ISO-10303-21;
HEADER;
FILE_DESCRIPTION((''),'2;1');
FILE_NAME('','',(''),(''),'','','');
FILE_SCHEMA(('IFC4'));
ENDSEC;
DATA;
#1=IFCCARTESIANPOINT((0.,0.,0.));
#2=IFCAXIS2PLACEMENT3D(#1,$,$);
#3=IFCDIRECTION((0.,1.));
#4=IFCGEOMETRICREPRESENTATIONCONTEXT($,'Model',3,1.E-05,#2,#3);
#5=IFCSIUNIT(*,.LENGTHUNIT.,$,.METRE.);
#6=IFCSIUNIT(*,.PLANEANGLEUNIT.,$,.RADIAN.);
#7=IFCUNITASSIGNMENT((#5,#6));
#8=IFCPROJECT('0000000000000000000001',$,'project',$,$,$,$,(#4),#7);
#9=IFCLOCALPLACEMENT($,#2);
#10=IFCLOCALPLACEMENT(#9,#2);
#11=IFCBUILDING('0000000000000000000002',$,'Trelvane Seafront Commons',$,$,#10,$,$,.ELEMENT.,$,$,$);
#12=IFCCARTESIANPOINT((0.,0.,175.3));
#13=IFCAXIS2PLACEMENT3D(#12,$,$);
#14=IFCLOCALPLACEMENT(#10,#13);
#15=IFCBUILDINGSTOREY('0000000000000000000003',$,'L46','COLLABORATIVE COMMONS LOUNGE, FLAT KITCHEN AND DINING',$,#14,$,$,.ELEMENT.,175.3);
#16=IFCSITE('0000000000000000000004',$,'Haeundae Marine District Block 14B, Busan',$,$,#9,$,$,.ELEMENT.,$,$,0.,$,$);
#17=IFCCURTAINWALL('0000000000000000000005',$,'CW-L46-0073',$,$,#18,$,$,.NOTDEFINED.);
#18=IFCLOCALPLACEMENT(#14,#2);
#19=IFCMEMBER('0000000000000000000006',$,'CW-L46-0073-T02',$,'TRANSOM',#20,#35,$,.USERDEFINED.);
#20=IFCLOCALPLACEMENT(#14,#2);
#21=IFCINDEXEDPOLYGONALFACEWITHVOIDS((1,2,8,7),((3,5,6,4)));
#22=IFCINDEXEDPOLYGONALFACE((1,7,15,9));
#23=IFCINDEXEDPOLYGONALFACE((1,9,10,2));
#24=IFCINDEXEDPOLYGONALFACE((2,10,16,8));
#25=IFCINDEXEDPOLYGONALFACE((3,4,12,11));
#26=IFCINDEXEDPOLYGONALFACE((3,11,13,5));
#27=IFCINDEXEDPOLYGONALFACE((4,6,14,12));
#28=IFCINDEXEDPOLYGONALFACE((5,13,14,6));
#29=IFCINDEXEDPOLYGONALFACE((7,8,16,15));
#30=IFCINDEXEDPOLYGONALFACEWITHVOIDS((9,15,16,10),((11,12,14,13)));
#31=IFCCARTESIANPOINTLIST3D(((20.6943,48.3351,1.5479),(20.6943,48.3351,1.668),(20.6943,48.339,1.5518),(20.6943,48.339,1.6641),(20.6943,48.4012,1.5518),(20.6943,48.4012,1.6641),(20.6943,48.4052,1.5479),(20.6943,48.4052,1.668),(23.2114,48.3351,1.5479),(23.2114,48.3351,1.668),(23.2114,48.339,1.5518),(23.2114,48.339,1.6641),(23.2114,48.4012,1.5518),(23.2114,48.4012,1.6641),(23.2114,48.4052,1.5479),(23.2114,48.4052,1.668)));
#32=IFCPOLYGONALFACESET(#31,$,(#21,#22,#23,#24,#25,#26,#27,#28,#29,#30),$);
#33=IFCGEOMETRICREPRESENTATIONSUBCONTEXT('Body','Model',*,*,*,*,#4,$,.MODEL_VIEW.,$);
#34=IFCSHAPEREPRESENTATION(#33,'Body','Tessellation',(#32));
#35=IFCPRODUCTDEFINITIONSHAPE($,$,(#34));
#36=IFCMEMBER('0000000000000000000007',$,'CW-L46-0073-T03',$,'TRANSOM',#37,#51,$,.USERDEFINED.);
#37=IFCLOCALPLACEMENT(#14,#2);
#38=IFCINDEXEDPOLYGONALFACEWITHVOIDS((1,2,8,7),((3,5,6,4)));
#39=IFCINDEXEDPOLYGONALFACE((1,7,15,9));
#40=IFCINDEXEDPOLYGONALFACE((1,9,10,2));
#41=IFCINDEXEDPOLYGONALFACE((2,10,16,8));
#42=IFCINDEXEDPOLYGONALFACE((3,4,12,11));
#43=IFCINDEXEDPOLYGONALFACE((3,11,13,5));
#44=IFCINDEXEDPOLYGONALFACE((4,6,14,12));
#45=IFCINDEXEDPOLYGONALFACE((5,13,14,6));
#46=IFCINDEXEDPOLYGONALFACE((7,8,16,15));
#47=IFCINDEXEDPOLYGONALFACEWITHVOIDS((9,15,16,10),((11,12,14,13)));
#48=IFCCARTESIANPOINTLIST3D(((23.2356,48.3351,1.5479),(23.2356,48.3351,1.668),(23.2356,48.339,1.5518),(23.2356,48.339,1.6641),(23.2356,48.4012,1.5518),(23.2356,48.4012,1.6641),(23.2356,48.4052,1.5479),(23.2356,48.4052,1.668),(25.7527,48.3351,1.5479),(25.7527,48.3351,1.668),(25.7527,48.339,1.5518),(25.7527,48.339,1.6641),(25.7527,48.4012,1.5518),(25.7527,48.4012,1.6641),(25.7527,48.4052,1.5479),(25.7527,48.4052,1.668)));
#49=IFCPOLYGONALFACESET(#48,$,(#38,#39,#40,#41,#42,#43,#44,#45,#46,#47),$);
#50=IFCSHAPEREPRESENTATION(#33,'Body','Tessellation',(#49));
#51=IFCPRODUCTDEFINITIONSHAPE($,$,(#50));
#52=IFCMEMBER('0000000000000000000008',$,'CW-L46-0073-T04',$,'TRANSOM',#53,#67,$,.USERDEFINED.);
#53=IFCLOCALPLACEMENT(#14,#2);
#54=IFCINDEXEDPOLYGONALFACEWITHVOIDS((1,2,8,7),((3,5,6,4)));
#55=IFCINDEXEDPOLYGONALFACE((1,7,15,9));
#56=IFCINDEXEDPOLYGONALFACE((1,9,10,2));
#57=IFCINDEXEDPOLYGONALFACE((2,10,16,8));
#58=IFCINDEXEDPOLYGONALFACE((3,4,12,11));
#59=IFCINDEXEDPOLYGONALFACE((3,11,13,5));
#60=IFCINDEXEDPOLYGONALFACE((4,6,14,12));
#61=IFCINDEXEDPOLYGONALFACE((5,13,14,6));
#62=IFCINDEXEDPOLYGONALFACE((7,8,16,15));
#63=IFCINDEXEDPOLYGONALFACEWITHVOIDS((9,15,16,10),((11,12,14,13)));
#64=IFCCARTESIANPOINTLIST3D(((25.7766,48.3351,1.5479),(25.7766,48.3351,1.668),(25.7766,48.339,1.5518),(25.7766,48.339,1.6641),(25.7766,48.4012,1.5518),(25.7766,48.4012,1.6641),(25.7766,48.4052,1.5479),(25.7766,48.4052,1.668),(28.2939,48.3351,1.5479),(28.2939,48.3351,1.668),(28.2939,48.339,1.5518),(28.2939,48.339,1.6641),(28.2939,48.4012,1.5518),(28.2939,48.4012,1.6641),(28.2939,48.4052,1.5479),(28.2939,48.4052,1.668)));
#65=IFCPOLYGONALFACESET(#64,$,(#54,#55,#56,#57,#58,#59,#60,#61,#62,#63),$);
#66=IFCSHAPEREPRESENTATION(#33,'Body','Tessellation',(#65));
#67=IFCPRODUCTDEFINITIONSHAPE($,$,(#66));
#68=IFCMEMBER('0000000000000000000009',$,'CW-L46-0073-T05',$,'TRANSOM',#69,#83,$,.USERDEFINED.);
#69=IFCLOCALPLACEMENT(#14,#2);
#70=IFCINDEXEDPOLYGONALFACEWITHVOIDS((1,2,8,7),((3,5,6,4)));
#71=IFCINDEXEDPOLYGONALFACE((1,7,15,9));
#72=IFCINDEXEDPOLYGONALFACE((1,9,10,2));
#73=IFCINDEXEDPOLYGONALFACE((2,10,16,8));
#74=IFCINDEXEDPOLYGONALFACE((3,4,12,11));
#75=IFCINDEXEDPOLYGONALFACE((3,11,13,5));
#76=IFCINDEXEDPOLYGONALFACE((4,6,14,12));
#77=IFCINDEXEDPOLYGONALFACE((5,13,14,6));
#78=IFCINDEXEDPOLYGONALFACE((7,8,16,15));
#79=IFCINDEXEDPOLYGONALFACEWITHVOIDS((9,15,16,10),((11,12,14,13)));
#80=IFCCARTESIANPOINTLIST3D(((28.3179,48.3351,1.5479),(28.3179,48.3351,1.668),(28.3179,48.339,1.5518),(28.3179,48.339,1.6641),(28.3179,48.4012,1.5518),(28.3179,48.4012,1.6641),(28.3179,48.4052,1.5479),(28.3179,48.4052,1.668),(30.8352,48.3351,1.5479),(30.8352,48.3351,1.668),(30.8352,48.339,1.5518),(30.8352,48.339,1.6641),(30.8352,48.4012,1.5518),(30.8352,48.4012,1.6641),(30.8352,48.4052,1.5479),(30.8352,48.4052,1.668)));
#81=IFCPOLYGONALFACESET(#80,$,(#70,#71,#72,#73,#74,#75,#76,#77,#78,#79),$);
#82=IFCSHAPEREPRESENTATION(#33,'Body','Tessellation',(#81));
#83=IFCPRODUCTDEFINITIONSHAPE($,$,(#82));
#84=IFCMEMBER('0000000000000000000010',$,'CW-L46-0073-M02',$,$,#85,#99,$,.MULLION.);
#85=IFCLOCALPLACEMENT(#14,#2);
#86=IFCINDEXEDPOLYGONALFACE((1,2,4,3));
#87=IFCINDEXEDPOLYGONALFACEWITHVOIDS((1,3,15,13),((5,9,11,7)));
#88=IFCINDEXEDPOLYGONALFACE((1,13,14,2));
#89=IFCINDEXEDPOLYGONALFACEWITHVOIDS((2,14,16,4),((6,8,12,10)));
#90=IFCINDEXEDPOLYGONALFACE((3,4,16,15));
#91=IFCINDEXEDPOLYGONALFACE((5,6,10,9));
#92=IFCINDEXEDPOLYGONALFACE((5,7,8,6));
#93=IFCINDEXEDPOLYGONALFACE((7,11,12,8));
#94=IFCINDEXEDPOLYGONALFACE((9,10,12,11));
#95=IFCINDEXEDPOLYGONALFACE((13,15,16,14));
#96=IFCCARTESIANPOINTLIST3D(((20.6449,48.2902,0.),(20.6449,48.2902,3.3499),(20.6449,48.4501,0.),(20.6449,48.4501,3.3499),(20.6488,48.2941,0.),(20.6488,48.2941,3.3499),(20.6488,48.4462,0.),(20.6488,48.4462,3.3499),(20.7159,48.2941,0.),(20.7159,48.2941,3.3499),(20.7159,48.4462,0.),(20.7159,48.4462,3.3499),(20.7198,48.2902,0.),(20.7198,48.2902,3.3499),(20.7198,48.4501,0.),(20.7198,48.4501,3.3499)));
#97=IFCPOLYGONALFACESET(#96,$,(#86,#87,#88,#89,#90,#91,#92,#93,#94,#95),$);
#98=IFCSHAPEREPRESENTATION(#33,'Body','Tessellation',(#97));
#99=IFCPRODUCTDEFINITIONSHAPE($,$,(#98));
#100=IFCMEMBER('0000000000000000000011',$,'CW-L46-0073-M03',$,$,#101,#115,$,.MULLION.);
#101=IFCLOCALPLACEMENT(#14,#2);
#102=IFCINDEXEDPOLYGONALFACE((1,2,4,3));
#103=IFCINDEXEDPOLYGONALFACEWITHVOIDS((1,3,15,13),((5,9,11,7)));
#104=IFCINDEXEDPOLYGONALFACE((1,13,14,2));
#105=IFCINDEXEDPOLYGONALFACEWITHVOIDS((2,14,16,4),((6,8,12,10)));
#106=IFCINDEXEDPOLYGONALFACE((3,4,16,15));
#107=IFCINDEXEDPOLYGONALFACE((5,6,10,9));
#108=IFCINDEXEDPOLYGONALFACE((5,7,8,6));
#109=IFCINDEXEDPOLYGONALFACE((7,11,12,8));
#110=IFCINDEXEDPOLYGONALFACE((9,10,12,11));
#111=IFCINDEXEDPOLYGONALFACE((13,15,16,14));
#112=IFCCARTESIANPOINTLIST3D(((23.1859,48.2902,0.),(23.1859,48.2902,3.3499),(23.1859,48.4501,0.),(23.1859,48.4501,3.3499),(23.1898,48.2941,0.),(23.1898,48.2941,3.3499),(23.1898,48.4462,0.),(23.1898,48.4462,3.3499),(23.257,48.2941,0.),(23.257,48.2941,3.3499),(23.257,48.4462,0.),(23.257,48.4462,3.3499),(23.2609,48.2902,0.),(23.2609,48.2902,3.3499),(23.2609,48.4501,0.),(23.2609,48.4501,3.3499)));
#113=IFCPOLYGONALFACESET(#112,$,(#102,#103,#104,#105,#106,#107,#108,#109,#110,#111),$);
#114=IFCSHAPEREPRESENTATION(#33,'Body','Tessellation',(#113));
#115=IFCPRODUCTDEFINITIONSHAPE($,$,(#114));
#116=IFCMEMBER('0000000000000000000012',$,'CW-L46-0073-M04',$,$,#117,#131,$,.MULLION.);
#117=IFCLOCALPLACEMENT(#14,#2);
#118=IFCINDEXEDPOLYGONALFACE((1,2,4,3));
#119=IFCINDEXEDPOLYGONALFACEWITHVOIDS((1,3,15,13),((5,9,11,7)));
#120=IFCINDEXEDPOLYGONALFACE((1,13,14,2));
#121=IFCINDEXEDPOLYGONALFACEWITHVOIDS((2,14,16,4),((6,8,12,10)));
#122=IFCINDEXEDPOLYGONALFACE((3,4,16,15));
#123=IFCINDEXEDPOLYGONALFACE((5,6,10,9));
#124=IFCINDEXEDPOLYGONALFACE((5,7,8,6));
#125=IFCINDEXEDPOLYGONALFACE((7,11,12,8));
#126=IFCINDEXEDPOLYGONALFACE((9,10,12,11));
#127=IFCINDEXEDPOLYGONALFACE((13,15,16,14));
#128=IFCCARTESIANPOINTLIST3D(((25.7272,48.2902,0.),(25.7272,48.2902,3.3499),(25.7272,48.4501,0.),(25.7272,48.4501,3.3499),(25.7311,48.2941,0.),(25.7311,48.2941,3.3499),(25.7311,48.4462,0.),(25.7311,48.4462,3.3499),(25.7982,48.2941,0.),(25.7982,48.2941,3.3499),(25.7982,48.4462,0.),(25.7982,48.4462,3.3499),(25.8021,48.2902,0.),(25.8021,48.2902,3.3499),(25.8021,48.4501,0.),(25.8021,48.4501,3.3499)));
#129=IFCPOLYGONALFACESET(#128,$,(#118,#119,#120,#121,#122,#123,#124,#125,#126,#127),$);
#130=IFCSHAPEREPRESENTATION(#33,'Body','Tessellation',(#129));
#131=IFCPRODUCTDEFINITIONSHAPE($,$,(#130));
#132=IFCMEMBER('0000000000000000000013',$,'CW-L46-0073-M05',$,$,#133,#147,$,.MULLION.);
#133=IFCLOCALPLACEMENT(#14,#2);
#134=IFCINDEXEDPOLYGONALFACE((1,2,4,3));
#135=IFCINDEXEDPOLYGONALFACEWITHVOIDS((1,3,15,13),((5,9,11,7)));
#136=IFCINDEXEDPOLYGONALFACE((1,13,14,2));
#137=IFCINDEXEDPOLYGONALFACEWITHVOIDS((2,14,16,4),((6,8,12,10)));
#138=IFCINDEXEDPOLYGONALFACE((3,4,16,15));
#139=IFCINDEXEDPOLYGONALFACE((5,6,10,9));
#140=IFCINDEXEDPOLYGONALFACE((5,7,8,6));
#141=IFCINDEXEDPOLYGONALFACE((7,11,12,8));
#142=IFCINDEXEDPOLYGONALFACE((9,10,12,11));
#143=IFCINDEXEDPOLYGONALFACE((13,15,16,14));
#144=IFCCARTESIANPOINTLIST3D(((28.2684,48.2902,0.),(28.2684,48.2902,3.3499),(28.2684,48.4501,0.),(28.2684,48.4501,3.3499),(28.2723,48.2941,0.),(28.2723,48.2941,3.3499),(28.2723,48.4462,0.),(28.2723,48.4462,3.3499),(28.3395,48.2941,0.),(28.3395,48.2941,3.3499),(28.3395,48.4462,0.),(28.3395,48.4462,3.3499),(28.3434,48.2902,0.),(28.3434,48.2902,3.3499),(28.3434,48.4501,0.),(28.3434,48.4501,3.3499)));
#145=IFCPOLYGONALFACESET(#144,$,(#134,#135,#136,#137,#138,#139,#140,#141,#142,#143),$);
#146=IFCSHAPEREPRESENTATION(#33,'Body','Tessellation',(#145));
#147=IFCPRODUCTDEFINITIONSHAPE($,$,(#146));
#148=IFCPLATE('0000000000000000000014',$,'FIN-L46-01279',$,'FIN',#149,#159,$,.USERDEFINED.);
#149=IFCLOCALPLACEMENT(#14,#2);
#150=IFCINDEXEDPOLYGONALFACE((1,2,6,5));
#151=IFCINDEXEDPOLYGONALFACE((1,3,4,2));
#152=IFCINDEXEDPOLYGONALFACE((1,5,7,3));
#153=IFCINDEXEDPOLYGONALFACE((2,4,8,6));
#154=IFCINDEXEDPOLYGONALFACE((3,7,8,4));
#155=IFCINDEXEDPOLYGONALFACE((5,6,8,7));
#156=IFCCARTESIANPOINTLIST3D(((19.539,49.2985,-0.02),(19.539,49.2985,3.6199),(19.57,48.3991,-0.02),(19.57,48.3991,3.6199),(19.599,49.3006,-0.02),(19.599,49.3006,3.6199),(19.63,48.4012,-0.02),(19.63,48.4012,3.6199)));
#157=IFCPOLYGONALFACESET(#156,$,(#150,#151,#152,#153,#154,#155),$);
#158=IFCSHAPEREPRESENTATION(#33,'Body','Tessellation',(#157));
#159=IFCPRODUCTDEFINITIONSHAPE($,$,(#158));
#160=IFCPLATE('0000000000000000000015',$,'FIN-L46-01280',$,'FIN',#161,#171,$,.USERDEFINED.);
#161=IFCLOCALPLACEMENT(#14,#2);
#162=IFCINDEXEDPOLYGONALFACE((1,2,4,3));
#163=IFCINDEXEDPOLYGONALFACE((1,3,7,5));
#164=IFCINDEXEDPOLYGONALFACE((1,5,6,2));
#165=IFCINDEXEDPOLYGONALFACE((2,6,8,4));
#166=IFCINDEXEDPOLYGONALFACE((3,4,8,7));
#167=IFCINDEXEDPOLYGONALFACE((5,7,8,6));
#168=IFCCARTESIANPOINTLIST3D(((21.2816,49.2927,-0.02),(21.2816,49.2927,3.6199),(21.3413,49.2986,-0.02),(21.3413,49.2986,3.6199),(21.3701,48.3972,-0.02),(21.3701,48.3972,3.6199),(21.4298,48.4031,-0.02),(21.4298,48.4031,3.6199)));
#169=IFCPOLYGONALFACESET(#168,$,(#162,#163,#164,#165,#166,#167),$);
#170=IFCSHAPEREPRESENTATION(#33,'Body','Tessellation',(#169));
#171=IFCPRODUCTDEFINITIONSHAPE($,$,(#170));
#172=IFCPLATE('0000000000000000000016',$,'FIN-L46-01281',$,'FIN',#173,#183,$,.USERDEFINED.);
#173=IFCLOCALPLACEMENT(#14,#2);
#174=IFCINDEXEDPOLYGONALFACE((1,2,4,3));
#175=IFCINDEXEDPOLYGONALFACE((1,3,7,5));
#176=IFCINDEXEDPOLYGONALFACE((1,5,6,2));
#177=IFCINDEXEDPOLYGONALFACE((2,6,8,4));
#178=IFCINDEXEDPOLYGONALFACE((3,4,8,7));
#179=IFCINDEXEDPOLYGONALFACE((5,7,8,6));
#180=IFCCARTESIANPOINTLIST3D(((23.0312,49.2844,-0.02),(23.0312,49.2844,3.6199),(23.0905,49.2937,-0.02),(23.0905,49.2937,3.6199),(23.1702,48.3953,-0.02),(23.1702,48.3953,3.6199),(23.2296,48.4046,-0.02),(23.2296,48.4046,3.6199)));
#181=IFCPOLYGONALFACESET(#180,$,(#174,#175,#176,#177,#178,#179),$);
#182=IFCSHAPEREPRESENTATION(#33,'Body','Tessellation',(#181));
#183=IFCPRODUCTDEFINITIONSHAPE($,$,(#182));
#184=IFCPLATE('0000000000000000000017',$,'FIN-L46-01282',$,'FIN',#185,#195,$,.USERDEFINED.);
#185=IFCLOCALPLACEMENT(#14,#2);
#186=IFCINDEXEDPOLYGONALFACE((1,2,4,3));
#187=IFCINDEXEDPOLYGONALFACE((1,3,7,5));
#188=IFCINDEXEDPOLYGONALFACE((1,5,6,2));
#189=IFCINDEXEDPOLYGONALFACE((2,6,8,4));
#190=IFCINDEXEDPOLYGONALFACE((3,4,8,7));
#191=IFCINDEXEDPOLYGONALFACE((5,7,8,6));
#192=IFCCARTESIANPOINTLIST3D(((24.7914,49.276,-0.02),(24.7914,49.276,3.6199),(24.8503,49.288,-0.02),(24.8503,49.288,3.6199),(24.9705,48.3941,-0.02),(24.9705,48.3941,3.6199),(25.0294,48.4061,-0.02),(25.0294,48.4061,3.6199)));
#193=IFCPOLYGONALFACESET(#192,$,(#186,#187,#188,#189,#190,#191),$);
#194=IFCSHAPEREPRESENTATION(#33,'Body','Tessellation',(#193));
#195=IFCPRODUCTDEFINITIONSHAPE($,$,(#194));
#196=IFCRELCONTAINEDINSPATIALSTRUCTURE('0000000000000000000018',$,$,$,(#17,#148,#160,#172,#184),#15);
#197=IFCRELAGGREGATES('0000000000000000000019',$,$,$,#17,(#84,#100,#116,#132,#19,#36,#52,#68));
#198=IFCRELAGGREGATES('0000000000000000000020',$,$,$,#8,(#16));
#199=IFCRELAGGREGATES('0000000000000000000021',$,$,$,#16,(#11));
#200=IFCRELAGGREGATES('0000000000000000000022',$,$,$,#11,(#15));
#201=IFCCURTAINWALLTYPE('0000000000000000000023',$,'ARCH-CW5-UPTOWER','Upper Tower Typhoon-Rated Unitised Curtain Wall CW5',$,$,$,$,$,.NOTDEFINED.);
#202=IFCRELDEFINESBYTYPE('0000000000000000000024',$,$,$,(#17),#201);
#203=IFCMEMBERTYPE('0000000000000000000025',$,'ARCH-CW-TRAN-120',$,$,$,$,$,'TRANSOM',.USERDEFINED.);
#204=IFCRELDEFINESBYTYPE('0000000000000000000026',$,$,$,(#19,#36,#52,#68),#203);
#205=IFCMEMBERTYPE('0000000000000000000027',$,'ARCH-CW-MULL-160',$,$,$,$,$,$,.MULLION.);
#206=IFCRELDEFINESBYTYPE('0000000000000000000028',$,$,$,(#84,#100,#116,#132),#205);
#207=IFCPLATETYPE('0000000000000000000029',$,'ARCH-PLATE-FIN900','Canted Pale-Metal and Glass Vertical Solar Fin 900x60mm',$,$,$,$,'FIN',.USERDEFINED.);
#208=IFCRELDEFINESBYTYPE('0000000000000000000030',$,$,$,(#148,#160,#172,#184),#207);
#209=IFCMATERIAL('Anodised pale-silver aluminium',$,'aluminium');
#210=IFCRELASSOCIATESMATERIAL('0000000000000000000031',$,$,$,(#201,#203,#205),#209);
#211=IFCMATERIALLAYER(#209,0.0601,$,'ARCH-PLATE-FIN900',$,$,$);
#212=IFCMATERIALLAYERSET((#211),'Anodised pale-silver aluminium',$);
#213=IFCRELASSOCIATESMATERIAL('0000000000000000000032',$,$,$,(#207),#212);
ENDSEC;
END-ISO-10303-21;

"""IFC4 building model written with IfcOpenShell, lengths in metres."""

from ifc_helpers import new_model, si_unit, direction, frame, origin, origin_2d, place, context, subcontext, project, spatial, rectangle, hollow_rectangle, extrude, source, transform, mapped, material, layer, layer_set, material_profile, profile_set, type_object, element, aggregate, save


model = new_model("IFC4")

# Units and contexts
model_context = context("Model", 3, precision=1e-05, world=origin(), true_north=direction((0.0, 1.0)))
body_context = subcontext(model_context, "Body", "Model", "MODEL_VIEW")
ifc_project = project(units=[si_unit("LENGTHUNIT", "METRE"), si_unit("PLANEANGLEUNIT", "RADIAN")], contexts=[model_context])

# Site, building, storey
site_placement = place(None, origin())
site = spatial("IfcSite", under=ifc_project, at=site_placement, Name="Haeundae Marine District Block 14B, Busan", CompositionType="ELEMENT", RefElevation=0.0)
building_placement = place(site_placement, origin())
building = spatial("IfcBuilding", under=site, at=building_placement, Name="Trelvane Seafront Commons", CompositionType="ELEMENT")
storey_placement = place(building_placement, frame((0.0, 0.0, 175.3)))
storey = spatial("IfcBuildingStorey", under=building, at=storey_placement, Name="L46", Description="COLLABORATIVE COMMONS LOUNGE, FLAT KITCHEN AND DINING", CompositionType="ELEMENT", Elevation=175.3)

# Curtain wall, members
ifc_material_1 = material(Name="Anodised pale-silver aluminium", Category="aluminium")
curtain_wall_type = type_object("IfcCurtainWallType", Name="ARCH-CW5-UPTOWER", Description="Upper Tower Typhoon-Rated Unitised Curtain Wall CW5", PredefinedType="NOTDEFINED", material=ifc_material_1)
curtain_wall_placement = place(storey_placement, origin())
curtain_wall = element("IfcCurtainWall", 1, at=curtain_wall_placement, inside=storey, type_object=curtain_wall_type, Name="CW-L46-0073", PredefinedType="NOTDEFINED")
ifc_material_profile_1 = material_profile(ifc_material_1, hollow_rectangle(XDim=0.0701, YDim=0.1201, WallThickness=0.0039, at=origin_2d()), Name="TRAN-70x120x4")
ifc_profile_set_1 = profile_set([ifc_material_profile_1], Name="Anodised pale-silver aluminium")
member_type_1 = type_object("IfcMemberType", Name="ARCH-CW-TRAN-120", ElementType="TRANSOM", PredefinedType="USERDEFINED", material=ifc_profile_set_1)
shared_shape_1 = source(origin(), body_context, "Body", "SweptSolid", [
    extrude(hollow_rectangle(XDim=0.0701, YDim=0.1201, WallThickness=0.0039, at=origin_2d()), origin(), (0.0, 0.0, 1.0), 2.5171),
])
member_1_placement = place(storey_placement, frame((20.6943, 48.3701, 1.6079), z_axis=(1.0, 0.0, 0.0), x_axis=(0.0, 1.0, 0.0)))
member_1 = element("IfcMember", 2, at=member_1_placement, type_object=member_type_1, Name="CW-L46-0073-T02", ObjectType="TRANSOM", PredefinedType="USERDEFINED", context=body_context, shape_type="MappedRepresentation", body=[
    mapped(shared_shape_1, transform((0.0, 0.0, 0.0), x_axis=(1.0, 0.0, 0.0), y_axis=(0.0, 1.0, 0.0), z_axis=(0.0, 0.0, 1.0), scale=1.0)),
])
member_2_placement = place(storey_placement, frame((23.2356, 48.3701, 1.6079), z_axis=(1.0, 0.0, 0.0), x_axis=(0.0, 1.0, 0.0)))
member_2 = element("IfcMember", 3, at=member_2_placement, type_object=member_type_1, Name="CW-L46-0073-T03", ObjectType="TRANSOM", PredefinedType="USERDEFINED", context=body_context, shape_type="MappedRepresentation", body=[
    mapped(shared_shape_1, transform((0.0, 0.0, 0.0), x_axis=(1.0, 0.0, 0.0), y_axis=(0.0, 1.0, 0.0), z_axis=(0.0, 0.0, 1.0), scale=1.0)),
])
shared_shape_2 = source(origin(), body_context, "Body", "SweptSolid", [
    extrude(hollow_rectangle(XDim=0.0701, YDim=0.1201, WallThickness=0.0039, at=origin_2d()), origin(), (0.0, 0.0, 1.0), 2.5173),
])
member_3_placement = place(storey_placement, frame((25.7766, 48.3701, 1.6079), z_axis=(1.0, 0.0, 0.0), x_axis=(0.0, 1.0, 0.0)))
member_3 = element("IfcMember", 4, at=member_3_placement, type_object=member_type_1, Name="CW-L46-0073-T04", ObjectType="TRANSOM", PredefinedType="USERDEFINED", context=body_context, shape_type="MappedRepresentation", body=[
    mapped(shared_shape_2, transform((0.0, 0.0, 0.0), x_axis=(1.0, 0.0, 0.0), y_axis=(0.0, 1.0, 0.0), z_axis=(0.0, 0.0, 1.0), scale=1.0)),
])
member_4_placement = place(storey_placement, frame((28.3179, 48.3701, 1.6079), z_axis=(1.0, 0.0, 0.0), x_axis=(0.0, 1.0, 0.0)))
member_4 = element("IfcMember", 5, at=member_4_placement, type_object=member_type_1, Name="CW-L46-0073-T05", ObjectType="TRANSOM", PredefinedType="USERDEFINED", context=body_context, shape_type="MappedRepresentation", body=[
    mapped(shared_shape_2, transform((0.0, 0.0, 0.0), x_axis=(1.0, 0.0, 0.0), y_axis=(0.0, 1.0, 0.0), z_axis=(0.0, 0.0, 1.0), scale=1.0)),
])
ifc_material_profile_2 = material_profile(ifc_material_1, hollow_rectangle(XDim=0.075, YDim=0.1599, WallThickness=0.0039, at=origin_2d()), Name="MULL-75x160x4")
ifc_profile_set_2 = profile_set([ifc_material_profile_2], Name="Anodised pale-silver aluminium")
member_type_2 = type_object("IfcMemberType", Name="ARCH-CW-MULL-160", PredefinedType="MULLION", material=ifc_profile_set_2)
shared_shape_3 = source(origin(), body_context, "Body", "SweptSolid", [
    extrude(hollow_rectangle(XDim=0.075, YDim=0.1599, WallThickness=0.0039, at=origin_2d()), origin(), (0.0, 0.0, 1.0), 3.3499),
])
member_5_placement = place(storey_placement, frame((20.6824, 48.3701, 0.0), z_axis=(0.0, 0.0, 1.0), x_axis=(1.0, 0.0, 0.0)))
member_5 = element("IfcMember", 6, at=member_5_placement, type_object=member_type_2, Name="CW-L46-0073-M02", PredefinedType="MULLION", context=body_context, shape_type="MappedRepresentation", body=[
    mapped(shared_shape_3, transform((0.0, 0.0, 0.0), x_axis=(1.0, 0.0, 0.0), y_axis=(0.0, 1.0, 0.0), z_axis=(0.0, 0.0, 1.0), scale=1.0)),
])
member_6_placement = place(storey_placement, frame((23.2234, 48.3701, 0.0), z_axis=(0.0, 0.0, 1.0), x_axis=(1.0, 0.0, 0.0)))
member_6 = element("IfcMember", 7, at=member_6_placement, type_object=member_type_2, Name="CW-L46-0073-M03", PredefinedType="MULLION", context=body_context, shape_type="MappedRepresentation", body=[
    mapped(shared_shape_3, transform((0.0, 0.0, 0.0), x_axis=(1.0, 0.0, 0.0), y_axis=(0.0, 1.0, 0.0), z_axis=(0.0, 0.0, 1.0), scale=1.0)),
])
member_7_placement = place(storey_placement, frame((25.7646, 48.3701, 0.0), z_axis=(0.0, 0.0, 1.0), x_axis=(1.0, 0.0, 0.0)))
member_7 = element("IfcMember", 8, at=member_7_placement, type_object=member_type_2, Name="CW-L46-0073-M04", PredefinedType="MULLION", context=body_context, shape_type="MappedRepresentation", body=[
    mapped(shared_shape_3, transform((0.0, 0.0, 0.0), x_axis=(1.0, 0.0, 0.0), y_axis=(0.0, 1.0, 0.0), z_axis=(0.0, 0.0, 1.0), scale=1.0)),
])
member_8_placement = place(storey_placement, frame((28.3059, 48.3701, 0.0), z_axis=(0.0, 0.0, 1.0), x_axis=(1.0, 0.0, 0.0)))
member_8 = element("IfcMember", 9, at=member_8_placement, type_object=member_type_2, Name="CW-L46-0073-M05", PredefinedType="MULLION", context=body_context, shape_type="MappedRepresentation", body=[
    mapped(shared_shape_3, transform((0.0, 0.0, 0.0), x_axis=(1.0, 0.0, 0.0), y_axis=(0.0, 1.0, 0.0), z_axis=(0.0, 0.0, 1.0), scale=1.0)),
])

# Plates
ifc_layer_1 = layer(ifc_material_1, 0.0601, Name="ARCH-PLATE-FIN900")
ifc_layer_set_1 = layer_set([ifc_layer_1], Name="Anodised pale-silver aluminium")
plate_type_1 = type_object("IfcPlateType", Name="ARCH-PLATE-FIN900", Description="Canted Pale-Metal and Glass Vertical Solar Fin 900x60mm", ElementType="FIN", PredefinedType="USERDEFINED", material=ifc_layer_set_1)
shared_shape_4 = source(origin(), body_context, "Body", "SweptSolid", [
    extrude(rectangle(XDim=0.8999, YDim=0.0601, at=origin_2d()), origin(), (0.0, 0.0, 1.0), 3.6399),
])
for number, where, z_axis, x_axis, name in (
    (10, (19.5845, 48.8499, -0.02), (0.0, 0.0, 1.0), (-0.034442, 0.999407, 0.0), "FIN-L46-01279"),
    (11, (21.3557, 48.8479, -0.02), (0.0, 0.0, 1.0), (-0.098337, 0.995153, 0.0), "FIN-L46-01280"),
    (12, (23.1304, 48.8445, -0.02), (0.0, 0.0, 1.0), (-0.154553, 0.987984, 0.0), "FIN-L46-01281"),
    (13, (24.9104, 48.8411, -0.02), (0.0, 0.0, 1.0), (-0.199, 0.979999, 0.0), "FIN-L46-01282"),
):
    element("IfcPlate", number, at=place(storey_placement, frame(where, z_axis=z_axis, x_axis=x_axis)), inside=storey, type_object=plate_type_1, Name=name, ObjectType="FIN", PredefinedType="USERDEFINED", context=body_context, shape_type="MappedRepresentation", body=[
        mapped(shared_shape_4, transform((0.0, 0.0, 0.0), x_axis=(1.0, 0.0, 0.0), y_axis=(0.0, 1.0, 0.0), z_axis=(0.0, 0.0, 1.0), scale=1.0)),
    ])

aggregate(curtain_wall, [member_5, member_6, member_7, member_8, member_1, member_2, member_3, member_4])

save(model, "model.ifc")
